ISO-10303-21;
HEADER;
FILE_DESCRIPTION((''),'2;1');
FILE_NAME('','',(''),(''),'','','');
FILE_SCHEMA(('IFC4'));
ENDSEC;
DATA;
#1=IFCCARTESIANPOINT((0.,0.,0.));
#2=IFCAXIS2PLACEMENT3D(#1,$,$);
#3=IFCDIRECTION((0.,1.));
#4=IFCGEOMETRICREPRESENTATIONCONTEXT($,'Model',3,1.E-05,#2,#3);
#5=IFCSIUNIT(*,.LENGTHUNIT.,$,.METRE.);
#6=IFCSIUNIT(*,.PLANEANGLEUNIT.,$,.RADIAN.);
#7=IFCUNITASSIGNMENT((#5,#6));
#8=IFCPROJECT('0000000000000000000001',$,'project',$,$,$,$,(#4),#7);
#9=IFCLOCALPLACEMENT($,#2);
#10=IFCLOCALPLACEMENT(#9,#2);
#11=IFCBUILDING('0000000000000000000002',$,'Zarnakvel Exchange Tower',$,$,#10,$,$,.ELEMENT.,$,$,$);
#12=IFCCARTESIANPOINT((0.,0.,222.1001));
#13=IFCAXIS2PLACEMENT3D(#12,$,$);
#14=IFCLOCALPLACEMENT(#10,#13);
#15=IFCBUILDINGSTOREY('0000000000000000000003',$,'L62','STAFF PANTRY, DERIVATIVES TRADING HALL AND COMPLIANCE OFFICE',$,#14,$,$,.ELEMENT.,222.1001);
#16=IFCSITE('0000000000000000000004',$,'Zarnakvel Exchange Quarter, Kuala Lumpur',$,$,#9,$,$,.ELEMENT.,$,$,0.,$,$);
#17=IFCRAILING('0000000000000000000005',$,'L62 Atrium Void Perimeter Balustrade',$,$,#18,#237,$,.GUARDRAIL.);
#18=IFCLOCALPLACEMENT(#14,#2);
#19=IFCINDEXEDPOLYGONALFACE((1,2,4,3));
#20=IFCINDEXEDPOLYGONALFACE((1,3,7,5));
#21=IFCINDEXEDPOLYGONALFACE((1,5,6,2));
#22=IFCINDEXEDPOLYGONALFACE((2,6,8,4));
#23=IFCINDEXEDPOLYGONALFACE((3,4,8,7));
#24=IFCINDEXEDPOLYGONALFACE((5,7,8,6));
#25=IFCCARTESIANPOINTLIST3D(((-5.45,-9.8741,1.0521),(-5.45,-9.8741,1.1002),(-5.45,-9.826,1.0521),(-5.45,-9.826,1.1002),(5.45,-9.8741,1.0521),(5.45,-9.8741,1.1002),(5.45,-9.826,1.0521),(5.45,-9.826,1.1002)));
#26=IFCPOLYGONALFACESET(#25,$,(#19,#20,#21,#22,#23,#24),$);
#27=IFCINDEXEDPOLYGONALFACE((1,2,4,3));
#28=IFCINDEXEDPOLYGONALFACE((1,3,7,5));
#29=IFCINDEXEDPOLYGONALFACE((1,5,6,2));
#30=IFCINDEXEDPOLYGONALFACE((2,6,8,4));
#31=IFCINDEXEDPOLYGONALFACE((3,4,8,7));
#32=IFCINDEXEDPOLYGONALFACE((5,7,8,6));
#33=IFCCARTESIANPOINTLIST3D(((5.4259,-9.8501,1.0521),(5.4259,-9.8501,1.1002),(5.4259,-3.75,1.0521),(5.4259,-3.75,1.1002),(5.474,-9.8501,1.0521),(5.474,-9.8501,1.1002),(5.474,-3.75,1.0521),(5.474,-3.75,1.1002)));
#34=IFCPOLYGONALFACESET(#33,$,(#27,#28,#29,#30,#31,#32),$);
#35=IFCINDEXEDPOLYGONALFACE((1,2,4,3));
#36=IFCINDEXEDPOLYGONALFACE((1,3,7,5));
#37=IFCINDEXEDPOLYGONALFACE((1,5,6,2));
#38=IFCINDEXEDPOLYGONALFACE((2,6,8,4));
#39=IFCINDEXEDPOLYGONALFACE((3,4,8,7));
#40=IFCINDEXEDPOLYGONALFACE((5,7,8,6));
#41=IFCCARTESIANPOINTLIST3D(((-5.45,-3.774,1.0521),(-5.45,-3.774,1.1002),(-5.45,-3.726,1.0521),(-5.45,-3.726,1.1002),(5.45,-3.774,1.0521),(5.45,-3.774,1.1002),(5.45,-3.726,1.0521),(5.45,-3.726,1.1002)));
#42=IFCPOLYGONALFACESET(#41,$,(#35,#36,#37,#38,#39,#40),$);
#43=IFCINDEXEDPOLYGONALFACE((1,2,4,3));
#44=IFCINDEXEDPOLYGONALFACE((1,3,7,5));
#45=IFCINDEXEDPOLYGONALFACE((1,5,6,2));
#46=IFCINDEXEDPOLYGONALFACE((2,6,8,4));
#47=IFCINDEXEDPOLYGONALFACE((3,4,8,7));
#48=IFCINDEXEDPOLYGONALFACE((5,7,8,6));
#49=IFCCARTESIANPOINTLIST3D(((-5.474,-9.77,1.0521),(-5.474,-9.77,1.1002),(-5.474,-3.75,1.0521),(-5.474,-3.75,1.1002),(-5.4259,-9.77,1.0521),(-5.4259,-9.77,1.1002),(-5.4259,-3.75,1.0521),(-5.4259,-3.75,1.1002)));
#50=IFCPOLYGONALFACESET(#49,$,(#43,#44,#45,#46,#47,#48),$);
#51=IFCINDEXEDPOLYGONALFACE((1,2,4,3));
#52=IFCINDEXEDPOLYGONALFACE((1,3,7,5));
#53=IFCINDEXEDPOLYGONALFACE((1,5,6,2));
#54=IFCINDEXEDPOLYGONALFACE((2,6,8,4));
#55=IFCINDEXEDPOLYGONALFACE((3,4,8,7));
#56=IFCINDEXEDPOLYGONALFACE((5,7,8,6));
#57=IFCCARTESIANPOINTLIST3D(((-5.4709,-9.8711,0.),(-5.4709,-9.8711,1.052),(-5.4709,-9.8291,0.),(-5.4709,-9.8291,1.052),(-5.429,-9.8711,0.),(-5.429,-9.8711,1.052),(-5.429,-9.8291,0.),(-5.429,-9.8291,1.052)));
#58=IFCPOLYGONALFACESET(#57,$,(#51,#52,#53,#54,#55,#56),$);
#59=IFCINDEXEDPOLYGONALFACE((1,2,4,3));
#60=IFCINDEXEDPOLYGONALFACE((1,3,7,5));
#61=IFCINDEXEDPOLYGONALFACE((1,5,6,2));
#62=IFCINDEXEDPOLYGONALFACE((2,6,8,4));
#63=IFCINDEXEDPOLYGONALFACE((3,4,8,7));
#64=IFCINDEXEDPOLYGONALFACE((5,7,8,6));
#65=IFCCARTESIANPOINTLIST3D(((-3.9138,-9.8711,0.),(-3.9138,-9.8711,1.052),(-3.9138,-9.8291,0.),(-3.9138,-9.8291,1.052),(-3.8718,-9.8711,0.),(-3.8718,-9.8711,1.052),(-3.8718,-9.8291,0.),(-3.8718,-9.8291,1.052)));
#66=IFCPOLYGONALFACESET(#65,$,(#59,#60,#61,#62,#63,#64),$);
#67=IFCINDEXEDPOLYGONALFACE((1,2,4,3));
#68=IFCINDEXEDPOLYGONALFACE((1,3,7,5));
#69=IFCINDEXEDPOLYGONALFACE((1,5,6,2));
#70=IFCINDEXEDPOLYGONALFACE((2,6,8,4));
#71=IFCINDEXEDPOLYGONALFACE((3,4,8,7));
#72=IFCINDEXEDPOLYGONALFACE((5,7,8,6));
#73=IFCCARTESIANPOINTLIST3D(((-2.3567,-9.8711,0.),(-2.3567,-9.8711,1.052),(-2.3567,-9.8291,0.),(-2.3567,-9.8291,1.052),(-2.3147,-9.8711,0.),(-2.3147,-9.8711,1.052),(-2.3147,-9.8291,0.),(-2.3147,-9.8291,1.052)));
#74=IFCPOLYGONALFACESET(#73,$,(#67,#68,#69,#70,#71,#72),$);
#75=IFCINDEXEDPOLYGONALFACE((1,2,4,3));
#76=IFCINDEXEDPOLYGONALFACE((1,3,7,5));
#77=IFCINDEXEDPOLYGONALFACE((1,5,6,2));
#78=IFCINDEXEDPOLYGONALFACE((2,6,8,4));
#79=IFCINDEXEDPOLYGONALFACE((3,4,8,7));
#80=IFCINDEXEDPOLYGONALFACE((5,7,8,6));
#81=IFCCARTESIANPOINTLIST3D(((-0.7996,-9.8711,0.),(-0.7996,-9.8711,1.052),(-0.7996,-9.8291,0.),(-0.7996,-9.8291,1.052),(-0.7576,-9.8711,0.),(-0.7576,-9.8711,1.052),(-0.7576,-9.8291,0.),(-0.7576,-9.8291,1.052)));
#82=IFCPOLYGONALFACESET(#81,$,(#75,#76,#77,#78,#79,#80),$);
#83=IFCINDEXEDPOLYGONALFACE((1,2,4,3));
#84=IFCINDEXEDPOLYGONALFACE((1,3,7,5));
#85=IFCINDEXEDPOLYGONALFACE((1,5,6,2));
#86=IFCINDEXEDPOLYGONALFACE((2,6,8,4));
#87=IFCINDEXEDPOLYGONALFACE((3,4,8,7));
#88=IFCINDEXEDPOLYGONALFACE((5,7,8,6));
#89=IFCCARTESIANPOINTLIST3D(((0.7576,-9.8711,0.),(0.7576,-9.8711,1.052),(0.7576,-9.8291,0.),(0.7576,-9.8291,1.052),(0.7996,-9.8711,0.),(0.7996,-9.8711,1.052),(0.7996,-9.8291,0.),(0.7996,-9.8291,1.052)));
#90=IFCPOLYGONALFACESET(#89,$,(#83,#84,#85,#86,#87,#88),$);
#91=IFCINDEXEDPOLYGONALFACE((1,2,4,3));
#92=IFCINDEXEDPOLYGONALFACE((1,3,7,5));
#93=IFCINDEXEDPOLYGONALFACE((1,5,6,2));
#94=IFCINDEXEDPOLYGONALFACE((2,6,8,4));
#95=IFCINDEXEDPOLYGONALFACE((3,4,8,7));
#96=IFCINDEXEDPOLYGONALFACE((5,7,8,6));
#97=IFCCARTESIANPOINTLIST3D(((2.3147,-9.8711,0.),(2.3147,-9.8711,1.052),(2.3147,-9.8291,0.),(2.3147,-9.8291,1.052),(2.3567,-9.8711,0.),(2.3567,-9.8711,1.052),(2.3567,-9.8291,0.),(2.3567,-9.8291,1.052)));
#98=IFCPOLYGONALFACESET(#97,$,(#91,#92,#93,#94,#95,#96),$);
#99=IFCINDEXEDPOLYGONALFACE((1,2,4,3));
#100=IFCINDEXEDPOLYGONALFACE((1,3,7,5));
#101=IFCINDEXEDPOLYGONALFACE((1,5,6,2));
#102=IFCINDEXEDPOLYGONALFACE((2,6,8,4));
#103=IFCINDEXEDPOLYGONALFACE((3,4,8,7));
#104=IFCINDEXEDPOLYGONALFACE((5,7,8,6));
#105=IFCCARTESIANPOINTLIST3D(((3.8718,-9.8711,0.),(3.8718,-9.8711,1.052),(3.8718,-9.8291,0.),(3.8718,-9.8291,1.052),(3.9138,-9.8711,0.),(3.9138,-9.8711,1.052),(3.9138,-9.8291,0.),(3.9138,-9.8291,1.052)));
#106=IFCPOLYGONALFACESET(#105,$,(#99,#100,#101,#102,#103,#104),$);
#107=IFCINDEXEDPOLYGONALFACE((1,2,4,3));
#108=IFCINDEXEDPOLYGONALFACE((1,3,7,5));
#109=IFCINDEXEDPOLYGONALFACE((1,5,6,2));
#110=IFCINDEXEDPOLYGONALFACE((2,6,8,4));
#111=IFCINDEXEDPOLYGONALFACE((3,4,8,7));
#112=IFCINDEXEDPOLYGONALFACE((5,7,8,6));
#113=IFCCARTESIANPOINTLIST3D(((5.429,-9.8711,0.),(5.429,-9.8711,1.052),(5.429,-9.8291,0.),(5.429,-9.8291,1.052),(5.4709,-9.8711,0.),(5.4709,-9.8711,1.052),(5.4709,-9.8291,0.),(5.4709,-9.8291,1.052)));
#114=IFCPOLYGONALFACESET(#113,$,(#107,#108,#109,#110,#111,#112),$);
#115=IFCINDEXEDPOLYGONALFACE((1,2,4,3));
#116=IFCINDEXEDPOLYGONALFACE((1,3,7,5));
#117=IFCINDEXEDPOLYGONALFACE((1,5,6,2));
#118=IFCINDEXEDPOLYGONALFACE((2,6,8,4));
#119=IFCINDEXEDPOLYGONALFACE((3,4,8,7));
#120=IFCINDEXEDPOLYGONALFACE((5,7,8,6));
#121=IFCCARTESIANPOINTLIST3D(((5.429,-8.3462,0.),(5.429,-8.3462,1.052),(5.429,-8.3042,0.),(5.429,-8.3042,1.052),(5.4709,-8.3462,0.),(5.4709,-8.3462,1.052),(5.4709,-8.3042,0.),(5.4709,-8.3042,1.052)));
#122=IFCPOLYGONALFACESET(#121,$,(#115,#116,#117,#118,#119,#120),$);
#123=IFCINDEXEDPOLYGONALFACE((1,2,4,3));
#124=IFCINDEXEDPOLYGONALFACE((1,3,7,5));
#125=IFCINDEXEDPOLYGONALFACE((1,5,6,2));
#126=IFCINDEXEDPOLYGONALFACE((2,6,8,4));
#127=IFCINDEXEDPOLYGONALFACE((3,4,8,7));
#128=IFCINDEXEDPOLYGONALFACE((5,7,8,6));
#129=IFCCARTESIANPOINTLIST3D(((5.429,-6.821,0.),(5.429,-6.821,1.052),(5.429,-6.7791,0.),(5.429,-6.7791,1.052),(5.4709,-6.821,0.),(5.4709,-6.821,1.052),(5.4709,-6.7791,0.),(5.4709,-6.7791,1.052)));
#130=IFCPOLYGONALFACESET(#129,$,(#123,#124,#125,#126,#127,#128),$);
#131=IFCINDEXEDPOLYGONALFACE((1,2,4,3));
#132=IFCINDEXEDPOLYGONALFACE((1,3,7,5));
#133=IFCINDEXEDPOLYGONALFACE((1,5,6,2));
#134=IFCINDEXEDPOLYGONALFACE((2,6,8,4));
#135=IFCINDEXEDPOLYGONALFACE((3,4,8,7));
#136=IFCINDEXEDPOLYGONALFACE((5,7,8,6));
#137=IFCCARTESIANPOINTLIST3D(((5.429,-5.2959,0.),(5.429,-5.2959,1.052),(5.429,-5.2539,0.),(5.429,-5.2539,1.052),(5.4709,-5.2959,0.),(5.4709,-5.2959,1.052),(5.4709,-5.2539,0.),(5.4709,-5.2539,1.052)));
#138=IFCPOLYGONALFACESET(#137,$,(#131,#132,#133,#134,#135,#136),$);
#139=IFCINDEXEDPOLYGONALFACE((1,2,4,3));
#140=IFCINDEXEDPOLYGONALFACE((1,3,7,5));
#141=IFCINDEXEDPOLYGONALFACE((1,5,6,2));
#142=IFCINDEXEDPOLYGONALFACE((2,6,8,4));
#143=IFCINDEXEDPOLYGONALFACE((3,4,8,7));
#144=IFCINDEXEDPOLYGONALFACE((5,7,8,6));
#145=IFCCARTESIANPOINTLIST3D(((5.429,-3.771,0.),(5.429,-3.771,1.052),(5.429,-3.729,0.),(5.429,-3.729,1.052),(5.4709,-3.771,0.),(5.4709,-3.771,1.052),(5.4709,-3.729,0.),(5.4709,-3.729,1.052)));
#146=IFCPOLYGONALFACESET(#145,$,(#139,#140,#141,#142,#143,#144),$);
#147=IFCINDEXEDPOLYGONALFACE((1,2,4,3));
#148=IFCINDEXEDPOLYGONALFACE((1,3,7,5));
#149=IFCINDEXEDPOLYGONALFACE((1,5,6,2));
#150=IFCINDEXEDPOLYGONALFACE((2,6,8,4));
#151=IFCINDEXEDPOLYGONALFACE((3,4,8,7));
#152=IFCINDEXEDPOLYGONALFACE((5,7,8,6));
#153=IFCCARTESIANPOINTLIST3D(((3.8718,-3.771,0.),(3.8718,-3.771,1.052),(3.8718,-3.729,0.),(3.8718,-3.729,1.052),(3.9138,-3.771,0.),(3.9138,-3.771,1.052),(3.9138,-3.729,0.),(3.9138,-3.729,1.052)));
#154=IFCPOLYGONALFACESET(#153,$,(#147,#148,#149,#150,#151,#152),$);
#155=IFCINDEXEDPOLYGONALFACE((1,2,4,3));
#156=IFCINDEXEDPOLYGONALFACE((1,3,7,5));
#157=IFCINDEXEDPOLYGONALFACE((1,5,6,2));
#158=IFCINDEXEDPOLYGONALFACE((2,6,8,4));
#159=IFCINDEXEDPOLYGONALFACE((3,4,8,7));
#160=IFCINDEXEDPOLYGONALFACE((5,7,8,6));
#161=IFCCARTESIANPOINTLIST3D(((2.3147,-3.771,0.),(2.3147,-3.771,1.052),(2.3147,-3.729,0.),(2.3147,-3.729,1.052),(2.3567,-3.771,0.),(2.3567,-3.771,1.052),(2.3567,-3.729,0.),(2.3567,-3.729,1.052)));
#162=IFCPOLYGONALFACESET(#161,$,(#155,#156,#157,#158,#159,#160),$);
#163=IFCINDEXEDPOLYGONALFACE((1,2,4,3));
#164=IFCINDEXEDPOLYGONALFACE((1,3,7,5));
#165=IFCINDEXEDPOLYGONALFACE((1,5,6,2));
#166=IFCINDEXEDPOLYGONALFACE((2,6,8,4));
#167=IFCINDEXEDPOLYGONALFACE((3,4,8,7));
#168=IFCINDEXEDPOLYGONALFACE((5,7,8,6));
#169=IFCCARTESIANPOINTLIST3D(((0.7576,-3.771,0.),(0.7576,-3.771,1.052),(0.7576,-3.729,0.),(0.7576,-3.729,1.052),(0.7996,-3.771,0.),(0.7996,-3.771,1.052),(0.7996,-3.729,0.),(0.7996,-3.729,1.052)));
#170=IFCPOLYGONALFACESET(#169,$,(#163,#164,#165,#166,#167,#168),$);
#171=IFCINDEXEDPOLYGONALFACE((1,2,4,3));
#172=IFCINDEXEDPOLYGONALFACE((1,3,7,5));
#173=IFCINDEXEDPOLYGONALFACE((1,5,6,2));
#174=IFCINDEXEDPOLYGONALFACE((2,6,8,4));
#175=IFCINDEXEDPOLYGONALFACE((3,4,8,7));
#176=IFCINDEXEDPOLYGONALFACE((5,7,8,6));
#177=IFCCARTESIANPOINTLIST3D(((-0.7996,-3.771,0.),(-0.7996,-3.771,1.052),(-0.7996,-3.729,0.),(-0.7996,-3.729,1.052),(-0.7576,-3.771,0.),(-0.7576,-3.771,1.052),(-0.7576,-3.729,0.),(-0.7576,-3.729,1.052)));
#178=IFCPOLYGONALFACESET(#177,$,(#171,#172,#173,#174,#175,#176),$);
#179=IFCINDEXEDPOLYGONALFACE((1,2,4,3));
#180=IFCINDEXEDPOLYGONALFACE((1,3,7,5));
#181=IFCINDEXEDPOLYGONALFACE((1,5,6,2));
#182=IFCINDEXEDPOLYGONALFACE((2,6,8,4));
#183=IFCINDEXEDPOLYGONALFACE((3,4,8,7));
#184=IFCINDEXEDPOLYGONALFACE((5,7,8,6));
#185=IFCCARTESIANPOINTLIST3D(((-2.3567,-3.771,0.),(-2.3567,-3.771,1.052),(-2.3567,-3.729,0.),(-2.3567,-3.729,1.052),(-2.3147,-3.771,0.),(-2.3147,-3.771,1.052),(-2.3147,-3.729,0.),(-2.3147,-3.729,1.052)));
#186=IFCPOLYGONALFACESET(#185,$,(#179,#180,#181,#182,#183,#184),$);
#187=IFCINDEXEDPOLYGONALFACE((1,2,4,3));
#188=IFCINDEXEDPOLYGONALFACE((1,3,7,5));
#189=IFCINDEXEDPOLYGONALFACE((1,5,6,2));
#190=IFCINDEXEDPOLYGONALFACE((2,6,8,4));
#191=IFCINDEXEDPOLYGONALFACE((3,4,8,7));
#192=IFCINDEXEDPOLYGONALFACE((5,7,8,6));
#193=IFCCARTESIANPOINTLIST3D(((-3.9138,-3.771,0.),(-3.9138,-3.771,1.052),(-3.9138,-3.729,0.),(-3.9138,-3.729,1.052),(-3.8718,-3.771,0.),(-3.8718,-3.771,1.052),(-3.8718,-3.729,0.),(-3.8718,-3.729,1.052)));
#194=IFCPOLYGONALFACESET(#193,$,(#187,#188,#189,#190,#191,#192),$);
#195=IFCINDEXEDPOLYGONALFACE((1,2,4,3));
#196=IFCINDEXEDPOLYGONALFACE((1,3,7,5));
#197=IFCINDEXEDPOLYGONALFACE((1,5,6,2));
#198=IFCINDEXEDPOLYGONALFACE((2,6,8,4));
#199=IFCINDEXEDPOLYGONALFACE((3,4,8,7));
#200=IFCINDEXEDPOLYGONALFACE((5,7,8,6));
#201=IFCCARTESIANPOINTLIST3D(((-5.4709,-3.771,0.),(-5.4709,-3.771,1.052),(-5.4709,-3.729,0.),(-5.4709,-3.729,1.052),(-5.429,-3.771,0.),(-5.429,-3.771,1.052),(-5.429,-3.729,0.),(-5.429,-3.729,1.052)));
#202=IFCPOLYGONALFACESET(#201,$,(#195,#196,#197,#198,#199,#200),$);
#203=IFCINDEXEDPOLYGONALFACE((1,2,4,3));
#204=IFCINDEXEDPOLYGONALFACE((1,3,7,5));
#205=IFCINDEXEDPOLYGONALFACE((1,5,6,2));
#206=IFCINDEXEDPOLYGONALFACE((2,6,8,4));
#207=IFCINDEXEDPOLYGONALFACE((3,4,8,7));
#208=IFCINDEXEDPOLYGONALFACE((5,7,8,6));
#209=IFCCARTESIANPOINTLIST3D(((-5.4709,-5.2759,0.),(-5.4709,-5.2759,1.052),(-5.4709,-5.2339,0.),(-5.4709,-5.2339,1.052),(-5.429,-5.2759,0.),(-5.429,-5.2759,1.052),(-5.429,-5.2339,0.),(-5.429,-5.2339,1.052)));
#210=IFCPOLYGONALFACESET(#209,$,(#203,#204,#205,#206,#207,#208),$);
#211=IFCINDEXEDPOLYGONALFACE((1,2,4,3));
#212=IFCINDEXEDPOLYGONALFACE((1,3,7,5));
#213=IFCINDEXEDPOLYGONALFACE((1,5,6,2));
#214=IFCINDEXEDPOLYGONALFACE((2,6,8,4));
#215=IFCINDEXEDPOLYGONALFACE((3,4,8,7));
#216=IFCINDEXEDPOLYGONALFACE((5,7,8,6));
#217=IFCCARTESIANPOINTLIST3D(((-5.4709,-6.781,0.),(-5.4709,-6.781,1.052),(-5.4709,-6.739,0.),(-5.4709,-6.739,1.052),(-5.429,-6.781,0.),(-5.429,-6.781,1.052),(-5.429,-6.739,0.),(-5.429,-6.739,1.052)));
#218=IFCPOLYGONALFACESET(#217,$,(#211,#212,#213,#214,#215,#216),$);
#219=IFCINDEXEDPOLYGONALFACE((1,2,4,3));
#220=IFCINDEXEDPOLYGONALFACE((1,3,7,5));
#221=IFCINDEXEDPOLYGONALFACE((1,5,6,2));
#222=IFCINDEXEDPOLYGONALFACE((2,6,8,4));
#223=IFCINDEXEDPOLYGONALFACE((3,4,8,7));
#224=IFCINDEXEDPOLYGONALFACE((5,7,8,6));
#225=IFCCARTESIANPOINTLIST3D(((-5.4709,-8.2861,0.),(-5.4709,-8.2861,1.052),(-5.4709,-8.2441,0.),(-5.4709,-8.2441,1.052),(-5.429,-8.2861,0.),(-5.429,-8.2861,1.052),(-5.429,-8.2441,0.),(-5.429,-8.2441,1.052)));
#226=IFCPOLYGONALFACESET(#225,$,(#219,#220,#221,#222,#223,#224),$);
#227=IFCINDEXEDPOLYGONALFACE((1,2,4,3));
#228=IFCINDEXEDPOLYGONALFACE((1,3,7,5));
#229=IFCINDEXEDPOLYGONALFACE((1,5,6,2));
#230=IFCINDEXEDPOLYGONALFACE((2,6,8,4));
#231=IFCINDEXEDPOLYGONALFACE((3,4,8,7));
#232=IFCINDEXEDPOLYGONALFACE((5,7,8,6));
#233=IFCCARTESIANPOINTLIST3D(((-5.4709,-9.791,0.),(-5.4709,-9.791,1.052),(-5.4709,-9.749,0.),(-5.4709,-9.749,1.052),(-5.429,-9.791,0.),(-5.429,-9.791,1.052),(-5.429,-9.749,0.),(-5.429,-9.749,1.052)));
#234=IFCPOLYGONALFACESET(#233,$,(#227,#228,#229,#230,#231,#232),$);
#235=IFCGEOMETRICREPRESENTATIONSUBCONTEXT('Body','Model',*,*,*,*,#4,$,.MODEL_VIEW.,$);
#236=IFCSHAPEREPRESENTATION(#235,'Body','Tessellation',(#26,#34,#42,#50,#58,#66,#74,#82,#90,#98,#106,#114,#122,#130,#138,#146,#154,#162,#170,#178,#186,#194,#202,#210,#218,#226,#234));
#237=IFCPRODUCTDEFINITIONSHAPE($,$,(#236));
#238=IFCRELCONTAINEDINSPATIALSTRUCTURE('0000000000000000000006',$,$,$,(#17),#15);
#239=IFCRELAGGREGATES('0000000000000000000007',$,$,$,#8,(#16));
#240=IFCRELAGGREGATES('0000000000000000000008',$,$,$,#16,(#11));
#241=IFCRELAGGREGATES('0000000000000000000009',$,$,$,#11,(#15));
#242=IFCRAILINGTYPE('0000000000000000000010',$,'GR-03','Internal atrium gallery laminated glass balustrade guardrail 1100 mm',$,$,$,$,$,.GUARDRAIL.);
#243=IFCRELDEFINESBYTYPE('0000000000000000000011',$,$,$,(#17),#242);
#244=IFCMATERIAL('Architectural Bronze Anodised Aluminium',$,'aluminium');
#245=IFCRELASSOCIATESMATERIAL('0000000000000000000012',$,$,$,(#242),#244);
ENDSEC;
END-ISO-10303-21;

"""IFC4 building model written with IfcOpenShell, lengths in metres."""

from ifc_helpers import new_model, si_unit, direction, frame, origin, origin_2d, place, context, subcontext, project, spatial, rectangle, extrude, material, type_object, element, save


model = new_model("IFC4")

# Units and contexts
model_context = context("Model", 3, precision=1e-05, world=origin(), true_north=direction((0.0, 1.0)))
body_context = subcontext(model_context, "Body", "Model", "MODEL_VIEW")
ifc_project = project(units=[si_unit("LENGTHUNIT", "METRE"), si_unit("PLANEANGLEUNIT", "RADIAN")], contexts=[model_context])

# Site, building, storey
site_placement = place(None, origin())
site = spatial("IfcSite", under=ifc_project, at=site_placement, Name="Zarnakvel Exchange Quarter, Kuala Lumpur", CompositionType="ELEMENT", RefElevation=0.0)
building_placement = place(site_placement, origin())
building = spatial("IfcBuilding", under=site, at=building_placement, Name="Zarnakvel Exchange Tower", CompositionType="ELEMENT")
storey_placement = place(building_placement, frame((0.0, 0.0, 222.1001)))
storey = spatial("IfcBuildingStorey", under=building, at=storey_placement, Name="L62", Description="STAFF PANTRY, DERIVATIVES TRADING HALL AND COMPLIANCE OFFICE", CompositionType="ELEMENT", Elevation=222.1001)

# Railing
ifc_material_1 = material(Name="Architectural Bronze Anodised Aluminium", Category="aluminium")
railing_type_1 = type_object("IfcRailingType", Name="GR-03", Description="Internal atrium gallery laminated glass balustrade guardrail 1100 mm", PredefinedType="GUARDRAIL", material=ifc_material_1)
railing_1_placement = place(storey_placement, frame((-5.45, -9.8501, 0.0)))
element("IfcRailing", 1, at=railing_1_placement, inside=storey, type_object=railing_type_1, Name="L62 Atrium Void Perimeter Balustrade", PredefinedType="GUARDRAIL", context=body_context, shape_type="SweptSolid", body=[
    extrude(rectangle(XDim=0.0481, YDim=0.0481, at=origin_2d()), frame((0.0, 0.0, 1.0762), z_axis=(1.0, 0.0, 0.0), x_axis=(0.0, 1.0, 0.0)), (0.0, 0.0, 1.0), 10.8999),
    extrude(rectangle(XDim=0.0481, YDim=0.0481, at=origin_2d()), frame((10.8999, 0.0, 1.0762), z_axis=(0.0, 1.0, 0.0), x_axis=(-1.0, 0.0, 0.0)), (0.0, 0.0, 1.0), 6.1001),
    extrude(rectangle(XDim=0.0481, YDim=0.0481, at=origin_2d()), frame((10.8999, 6.1001, 1.0762), z_axis=(-1.0, 0.0, 0.0), x_axis=(0.0, -1.0, 0.0)), (0.0, 0.0, 1.0), 10.8999),
    extrude(rectangle(XDim=0.0481, YDim=0.0481, at=origin_2d()), frame((0.0, 6.1001, 1.0762), z_axis=(0.0, -1.0, 0.0), x_axis=(1.0, 0.0, 0.0)), (0.0, 0.0, 1.0), 6.02),
    extrude(rectangle(XDim=0.042, YDim=0.042, at=origin_2d()), origin(), (0.0, 0.0, 1.0), 1.052),
    extrude(rectangle(XDim=0.042, YDim=0.042, at=origin_2d()), frame((1.5571, 0.0, 0.0)), (0.0, 0.0, 1.0), 1.052),
    extrude(rectangle(XDim=0.042, YDim=0.042, at=origin_2d()), frame((3.1143, 0.0, 0.0)), (0.0, 0.0, 1.0), 1.052),
    extrude(rectangle(XDim=0.042, YDim=0.042, at=origin_2d()), frame((4.6714, 0.0, 0.0)), (0.0, 0.0, 1.0), 1.052),
    extrude(rectangle(XDim=0.042, YDim=0.042, at=origin_2d()), frame((6.2285, 0.0, 0.0)), (0.0, 0.0, 1.0), 1.052),
    extrude(rectangle(XDim=0.042, YDim=0.042, at=origin_2d()), frame((7.7856, 0.0, 0.0)), (0.0, 0.0, 1.0), 1.052),
    extrude(rectangle(XDim=0.042, YDim=0.042, at=origin_2d()), frame((9.3428, 0.0, 0.0)), (0.0, 0.0, 1.0), 1.052),
    extrude(rectangle(XDim=0.042, YDim=0.042, at=origin_2d()), frame((10.8999, 0.0, 0.0)), (0.0, 0.0, 1.0), 1.052),
    extrude(rectangle(XDim=0.042, YDim=0.042, at=origin_2d()), frame((10.8999, 1.5249, 0.0)), (0.0, 0.0, 1.0), 1.052),
    extrude(rectangle(XDim=0.042, YDim=0.042, at=origin_2d()), frame((10.8999, 3.05, 0.0)), (0.0, 0.0, 1.0), 1.052),
    extrude(rectangle(XDim=0.042, YDim=0.042, at=origin_2d()), frame((10.8999, 4.5752, 0.0)), (0.0, 0.0, 1.0), 1.052),
    extrude(rectangle(XDim=0.042, YDim=0.042, at=origin_2d()), frame((10.8999, 6.1001, 0.0)), (0.0, 0.0, 1.0), 1.052),
    extrude(rectangle(XDim=0.042, YDim=0.042, at=origin_2d()), frame((9.3428, 6.1001, 0.0)), (0.0, 0.0, 1.0), 1.052),
    extrude(rectangle(XDim=0.042, YDim=0.042, at=origin_2d()), frame((7.7856, 6.1001, 0.0)), (0.0, 0.0, 1.0), 1.052),
    extrude(rectangle(XDim=0.042, YDim=0.042, at=origin_2d()), frame((6.2285, 6.1001, 0.0)), (0.0, 0.0, 1.0), 1.052),
    extrude(rectangle(XDim=0.042, YDim=0.042, at=origin_2d()), frame((4.6714, 6.1001, 0.0)), (0.0, 0.0, 1.0), 1.052),
    extrude(rectangle(XDim=0.042, YDim=0.042, at=origin_2d()), frame((3.1143, 6.1001, 0.0)), (0.0, 0.0, 1.0), 1.052),
    extrude(rectangle(XDim=0.042, YDim=0.042, at=origin_2d()), frame((1.5571, 6.1001, 0.0)), (0.0, 0.0, 1.0), 1.052),
    extrude(rectangle(XDim=0.042, YDim=0.042, at=origin_2d()), frame((0.0, 6.1001, 0.0)), (0.0, 0.0, 1.0), 1.052),
    extrude(rectangle(XDim=0.042, YDim=0.042, at=origin_2d()), frame((0.0, 4.5952, 0.0)), (0.0, 0.0, 1.0), 1.052),
    extrude(rectangle(XDim=0.042, YDim=0.042, at=origin_2d()), frame((0.0, 3.0901, 0.0)), (0.0, 0.0, 1.0), 1.052),
    extrude(rectangle(XDim=0.042, YDim=0.042, at=origin_2d()), frame((0.0, 1.585, 0.0)), (0.0, 0.0, 1.0), 1.052),
    extrude(rectangle(XDim=0.042, YDim=0.042, at=origin_2d()), frame((0.0, 0.0801, 0.0)), (0.0, 0.0, 1.0), 1.052),
])

save(model, "model.ifc")
